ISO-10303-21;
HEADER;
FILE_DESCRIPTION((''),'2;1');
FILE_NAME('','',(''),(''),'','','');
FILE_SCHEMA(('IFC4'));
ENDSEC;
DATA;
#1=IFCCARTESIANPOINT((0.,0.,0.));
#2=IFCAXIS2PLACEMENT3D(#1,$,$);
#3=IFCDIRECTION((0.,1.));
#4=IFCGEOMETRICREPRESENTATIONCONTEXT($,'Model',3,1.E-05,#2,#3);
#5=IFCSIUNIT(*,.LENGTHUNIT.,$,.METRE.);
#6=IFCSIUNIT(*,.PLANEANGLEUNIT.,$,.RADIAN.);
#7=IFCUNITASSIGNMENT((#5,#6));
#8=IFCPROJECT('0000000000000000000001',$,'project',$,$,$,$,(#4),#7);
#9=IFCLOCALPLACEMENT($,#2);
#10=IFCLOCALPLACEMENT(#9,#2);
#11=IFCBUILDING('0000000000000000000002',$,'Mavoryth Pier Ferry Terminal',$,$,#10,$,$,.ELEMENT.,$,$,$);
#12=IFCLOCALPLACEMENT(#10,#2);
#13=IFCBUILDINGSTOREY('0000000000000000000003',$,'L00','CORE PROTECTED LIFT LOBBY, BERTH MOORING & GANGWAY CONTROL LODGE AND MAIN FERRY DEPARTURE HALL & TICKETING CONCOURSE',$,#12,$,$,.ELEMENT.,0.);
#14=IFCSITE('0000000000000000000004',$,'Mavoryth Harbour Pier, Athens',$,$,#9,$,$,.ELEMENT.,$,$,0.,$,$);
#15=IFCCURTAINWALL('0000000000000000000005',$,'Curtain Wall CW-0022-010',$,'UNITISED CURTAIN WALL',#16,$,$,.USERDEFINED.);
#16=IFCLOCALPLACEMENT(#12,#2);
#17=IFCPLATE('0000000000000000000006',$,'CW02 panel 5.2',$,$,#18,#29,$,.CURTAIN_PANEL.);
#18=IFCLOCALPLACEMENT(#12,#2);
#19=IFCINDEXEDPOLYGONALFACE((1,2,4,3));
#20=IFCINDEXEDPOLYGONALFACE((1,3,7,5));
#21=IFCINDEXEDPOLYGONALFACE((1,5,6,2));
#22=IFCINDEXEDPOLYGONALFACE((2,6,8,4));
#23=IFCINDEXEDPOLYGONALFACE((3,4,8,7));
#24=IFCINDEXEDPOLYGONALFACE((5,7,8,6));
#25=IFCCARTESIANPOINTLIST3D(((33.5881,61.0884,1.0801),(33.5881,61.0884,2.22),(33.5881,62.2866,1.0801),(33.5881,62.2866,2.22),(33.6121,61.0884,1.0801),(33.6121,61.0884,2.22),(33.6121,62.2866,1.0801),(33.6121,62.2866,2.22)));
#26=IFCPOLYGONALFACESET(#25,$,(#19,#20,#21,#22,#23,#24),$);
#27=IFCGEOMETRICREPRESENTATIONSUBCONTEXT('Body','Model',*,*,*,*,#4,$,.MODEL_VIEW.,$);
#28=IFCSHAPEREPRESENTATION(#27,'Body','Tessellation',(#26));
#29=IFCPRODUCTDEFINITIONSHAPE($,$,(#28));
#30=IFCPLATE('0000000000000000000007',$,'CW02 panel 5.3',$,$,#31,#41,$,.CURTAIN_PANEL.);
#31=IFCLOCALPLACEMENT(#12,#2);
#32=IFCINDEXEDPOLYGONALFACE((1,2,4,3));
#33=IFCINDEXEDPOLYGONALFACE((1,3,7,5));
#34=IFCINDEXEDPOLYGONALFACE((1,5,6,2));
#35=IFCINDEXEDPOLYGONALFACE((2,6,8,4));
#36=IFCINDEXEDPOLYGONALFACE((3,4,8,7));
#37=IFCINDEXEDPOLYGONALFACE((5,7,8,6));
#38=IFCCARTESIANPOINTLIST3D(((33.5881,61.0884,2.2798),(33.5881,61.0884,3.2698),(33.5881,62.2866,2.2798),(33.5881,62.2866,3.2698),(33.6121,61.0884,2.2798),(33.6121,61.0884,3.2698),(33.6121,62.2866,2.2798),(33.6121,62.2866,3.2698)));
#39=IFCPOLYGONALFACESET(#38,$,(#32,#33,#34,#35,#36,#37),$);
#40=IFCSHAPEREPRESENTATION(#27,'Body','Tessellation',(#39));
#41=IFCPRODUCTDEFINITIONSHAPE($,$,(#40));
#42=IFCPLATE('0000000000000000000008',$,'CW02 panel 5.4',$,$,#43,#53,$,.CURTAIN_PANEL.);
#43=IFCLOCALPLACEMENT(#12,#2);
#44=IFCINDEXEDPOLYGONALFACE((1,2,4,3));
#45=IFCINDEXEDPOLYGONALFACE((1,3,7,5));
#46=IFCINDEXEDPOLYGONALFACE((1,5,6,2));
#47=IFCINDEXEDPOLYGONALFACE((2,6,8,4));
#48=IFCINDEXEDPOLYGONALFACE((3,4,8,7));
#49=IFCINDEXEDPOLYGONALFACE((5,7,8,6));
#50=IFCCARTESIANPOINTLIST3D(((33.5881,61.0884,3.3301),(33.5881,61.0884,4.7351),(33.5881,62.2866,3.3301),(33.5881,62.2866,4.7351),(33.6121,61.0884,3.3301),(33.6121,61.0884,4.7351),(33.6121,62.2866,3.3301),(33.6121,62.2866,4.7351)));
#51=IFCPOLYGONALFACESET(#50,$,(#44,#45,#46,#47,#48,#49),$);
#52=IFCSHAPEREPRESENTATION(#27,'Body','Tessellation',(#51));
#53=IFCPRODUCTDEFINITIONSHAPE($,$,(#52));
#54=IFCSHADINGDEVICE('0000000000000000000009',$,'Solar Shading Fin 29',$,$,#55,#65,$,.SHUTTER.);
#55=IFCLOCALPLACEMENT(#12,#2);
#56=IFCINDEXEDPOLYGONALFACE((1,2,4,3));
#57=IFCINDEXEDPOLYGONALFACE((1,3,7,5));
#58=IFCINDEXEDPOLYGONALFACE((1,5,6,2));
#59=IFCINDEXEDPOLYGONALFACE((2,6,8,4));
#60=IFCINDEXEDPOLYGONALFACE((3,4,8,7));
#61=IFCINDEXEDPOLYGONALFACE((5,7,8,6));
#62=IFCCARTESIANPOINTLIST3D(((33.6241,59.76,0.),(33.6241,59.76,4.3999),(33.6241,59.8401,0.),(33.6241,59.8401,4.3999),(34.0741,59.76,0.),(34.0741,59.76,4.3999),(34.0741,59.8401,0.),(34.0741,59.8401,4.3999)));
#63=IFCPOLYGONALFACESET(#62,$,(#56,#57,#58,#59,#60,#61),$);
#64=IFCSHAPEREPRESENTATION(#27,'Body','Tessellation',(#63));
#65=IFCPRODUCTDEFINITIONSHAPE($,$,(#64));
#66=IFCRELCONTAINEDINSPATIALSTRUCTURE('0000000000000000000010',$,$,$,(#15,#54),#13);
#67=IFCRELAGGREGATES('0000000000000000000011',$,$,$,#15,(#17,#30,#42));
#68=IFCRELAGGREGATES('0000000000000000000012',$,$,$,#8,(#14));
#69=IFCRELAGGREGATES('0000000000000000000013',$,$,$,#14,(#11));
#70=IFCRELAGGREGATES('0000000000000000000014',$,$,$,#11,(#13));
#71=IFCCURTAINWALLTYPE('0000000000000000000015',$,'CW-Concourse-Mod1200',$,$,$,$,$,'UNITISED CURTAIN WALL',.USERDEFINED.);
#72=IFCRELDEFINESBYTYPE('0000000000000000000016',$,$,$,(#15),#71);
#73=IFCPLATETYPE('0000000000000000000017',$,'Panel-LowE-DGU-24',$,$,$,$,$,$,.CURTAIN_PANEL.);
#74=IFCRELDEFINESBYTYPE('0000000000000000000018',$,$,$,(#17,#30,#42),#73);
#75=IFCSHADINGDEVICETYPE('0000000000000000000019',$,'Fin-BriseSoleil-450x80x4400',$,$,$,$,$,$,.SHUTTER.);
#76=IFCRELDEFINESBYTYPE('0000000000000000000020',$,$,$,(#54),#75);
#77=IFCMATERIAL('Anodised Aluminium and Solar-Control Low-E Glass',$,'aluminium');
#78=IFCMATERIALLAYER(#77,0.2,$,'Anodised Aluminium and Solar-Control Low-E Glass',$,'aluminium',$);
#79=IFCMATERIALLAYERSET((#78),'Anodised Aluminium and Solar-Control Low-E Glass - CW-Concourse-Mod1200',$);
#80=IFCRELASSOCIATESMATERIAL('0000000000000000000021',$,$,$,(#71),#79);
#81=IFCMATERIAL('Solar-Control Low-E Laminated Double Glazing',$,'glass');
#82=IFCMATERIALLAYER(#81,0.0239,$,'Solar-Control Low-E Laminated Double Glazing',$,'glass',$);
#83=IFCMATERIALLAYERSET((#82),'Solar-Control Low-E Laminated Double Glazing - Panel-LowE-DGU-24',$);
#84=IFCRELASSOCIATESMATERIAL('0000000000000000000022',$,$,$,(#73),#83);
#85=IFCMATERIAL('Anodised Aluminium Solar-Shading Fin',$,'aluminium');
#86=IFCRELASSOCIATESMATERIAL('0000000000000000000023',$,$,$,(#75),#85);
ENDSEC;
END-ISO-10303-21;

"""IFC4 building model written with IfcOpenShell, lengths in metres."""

from ifc_helpers import new_model, si_unit, direction, frame, origin, origin_2d, place, context, subcontext, project, spatial, rectangle, extrude, material, layer, layer_set, type_object, element, aggregate, save


model = new_model("IFC4")

# Units and contexts
model_context = context("Model", 3, precision=1e-05, world=origin(), true_north=direction((0.0, 1.0)))
body_context = subcontext(model_context, "Body", "Model", "MODEL_VIEW")
ifc_project = project(units=[si_unit("LENGTHUNIT", "METRE"), si_unit("PLANEANGLEUNIT", "RADIAN")], contexts=[model_context])

# Site, building, storey
site_placement = place(None, origin())
site = spatial("IfcSite", under=ifc_project, at=site_placement, Name="Mavoryth Harbour Pier, Athens", CompositionType="ELEMENT", RefElevation=0.0)
building_placement = place(site_placement, origin())
building = spatial("IfcBuilding", under=site, at=building_placement, Name="Mavoryth Pier Ferry Terminal", CompositionType="ELEMENT")
storey_placement = place(building_placement, origin())
storey = spatial("IfcBuildingStorey", under=building, at=storey_placement, Name="L00", Description="CORE PROTECTED LIFT LOBBY, BERTH MOORING & GANGWAY CONTROL LODGE AND MAIN FERRY DEPARTURE HALL & TICKETING CONCOURSE", CompositionType="ELEMENT", Elevation=0.0)

# Curtain wall, plates
ifc_material_1 = material(Name="Anodised Aluminium and Solar-Control Low-E Glass", Category="aluminium")
ifc_layer_1 = layer(ifc_material_1, 0.2, Name="Anodised Aluminium and Solar-Control Low-E Glass", Category="aluminium")
ifc_layer_set_1 = layer_set([ifc_layer_1], Name="Anodised Aluminium and Solar-Control Low-E Glass - CW-Concourse-Mod1200")
curtain_wall_type = type_object("IfcCurtainWallType", Name="CW-Concourse-Mod1200", ElementType="UNITISED CURTAIN WALL", PredefinedType="USERDEFINED", material=ifc_layer_set_1)
curtain_wall_placement = place(storey_placement, origin())
curtain_wall = element("IfcCurtainWall", 1, at=curtain_wall_placement, inside=storey, type_object=curtain_wall_type, Name="Curtain Wall CW-0022-010", ObjectType="UNITISED CURTAIN WALL", PredefinedType="USERDEFINED")
ifc_material_2 = material(Name="Solar-Control Low-E Laminated Double Glazing", Category="glass")
ifc_layer_2 = layer(ifc_material_2, 0.0239, Name="Solar-Control Low-E Laminated Double Glazing", Category="glass")
ifc_layer_set_2 = layer_set([ifc_layer_2], Name="Solar-Control Low-E Laminated Double Glazing - Panel-LowE-DGU-24")
plate_type = type_object("IfcPlateType", Name="Panel-LowE-DGU-24", PredefinedType="CURTAIN_PANEL", material=ifc_layer_set_2)
plate_1_placement = place(storey_placement, frame((33.6001, 61.6875, 1.0801), z_axis=(0.0, 0.0, 1.0), x_axis=(0.0, 1.0, 0.0)))
plate_1 = element("IfcPlate", 2, at=plate_1_placement, type_object=plate_type, Name="CW02 panel 5.2", PredefinedType="CURTAIN_PANEL", context=body_context, shape_type="SweptSolid", body=[
    extrude(rectangle(XDim=1.1982, YDim=0.0239, at=origin_2d()), origin(), (0.0, 0.0, 1.0), 1.1399),
])
plate_2_placement = place(storey_placement, frame((33.6001, 61.6875, 2.2798), z_axis=(0.0, 0.0, 1.0), x_axis=(0.0, 1.0, 0.0)))
plate_2 = element("IfcPlate", 3, at=plate_2_placement, type_object=plate_type, Name="CW02 panel 5.3", PredefinedType="CURTAIN_PANEL", context=body_context, shape_type="SweptSolid", body=[
    extrude(rectangle(XDim=1.1982, YDim=0.0239, at=origin_2d()), origin(), (0.0, 0.0, 1.0), 0.99),
])
plate_3_placement = place(storey_placement, frame((33.6001, 61.6875, 3.3301), z_axis=(0.0, 0.0, 1.0), x_axis=(0.0, 1.0, 0.0)))
plate_3 = element("IfcPlate", 4, at=plate_3_placement, type_object=plate_type, Name="CW02 panel 5.4", PredefinedType="CURTAIN_PANEL", context=body_context, shape_type="SweptSolid", body=[
    extrude(rectangle(XDim=1.1982, YDim=0.0239, at=origin_2d()), origin(), (0.0, 0.0, 1.0), 1.405),
])
aggregate(curtain_wall, [plate_1, plate_2, plate_3])

# Shading device
ifc_material_3 = material(Name="Anodised Aluminium Solar-Shading Fin", Category="aluminium")
shading_device_type = type_object("IfcShadingDeviceType", Name="Fin-BriseSoleil-450x80x4400", PredefinedType="SHUTTER", material=ifc_material_3)
shading_device_placement = place(storey_placement, frame((33.8491, 59.8, 0.0), z_axis=(0.0, 0.0, 1.0), x_axis=(0.0, 1.0, 0.0)))
element("IfcShadingDevice", 5, at=shading_device_placement, inside=storey, type_object=shading_device_type, Name="Solar Shading Fin 29", PredefinedType="SHUTTER", context=body_context, shape_type="SweptSolid", body=[
    extrude(rectangle(XDim=0.0801, YDim=0.45, at=origin_2d()), origin(), (0.0, 0.0, 1.0), 4.3999),
])

save(model, "model.ifc")
